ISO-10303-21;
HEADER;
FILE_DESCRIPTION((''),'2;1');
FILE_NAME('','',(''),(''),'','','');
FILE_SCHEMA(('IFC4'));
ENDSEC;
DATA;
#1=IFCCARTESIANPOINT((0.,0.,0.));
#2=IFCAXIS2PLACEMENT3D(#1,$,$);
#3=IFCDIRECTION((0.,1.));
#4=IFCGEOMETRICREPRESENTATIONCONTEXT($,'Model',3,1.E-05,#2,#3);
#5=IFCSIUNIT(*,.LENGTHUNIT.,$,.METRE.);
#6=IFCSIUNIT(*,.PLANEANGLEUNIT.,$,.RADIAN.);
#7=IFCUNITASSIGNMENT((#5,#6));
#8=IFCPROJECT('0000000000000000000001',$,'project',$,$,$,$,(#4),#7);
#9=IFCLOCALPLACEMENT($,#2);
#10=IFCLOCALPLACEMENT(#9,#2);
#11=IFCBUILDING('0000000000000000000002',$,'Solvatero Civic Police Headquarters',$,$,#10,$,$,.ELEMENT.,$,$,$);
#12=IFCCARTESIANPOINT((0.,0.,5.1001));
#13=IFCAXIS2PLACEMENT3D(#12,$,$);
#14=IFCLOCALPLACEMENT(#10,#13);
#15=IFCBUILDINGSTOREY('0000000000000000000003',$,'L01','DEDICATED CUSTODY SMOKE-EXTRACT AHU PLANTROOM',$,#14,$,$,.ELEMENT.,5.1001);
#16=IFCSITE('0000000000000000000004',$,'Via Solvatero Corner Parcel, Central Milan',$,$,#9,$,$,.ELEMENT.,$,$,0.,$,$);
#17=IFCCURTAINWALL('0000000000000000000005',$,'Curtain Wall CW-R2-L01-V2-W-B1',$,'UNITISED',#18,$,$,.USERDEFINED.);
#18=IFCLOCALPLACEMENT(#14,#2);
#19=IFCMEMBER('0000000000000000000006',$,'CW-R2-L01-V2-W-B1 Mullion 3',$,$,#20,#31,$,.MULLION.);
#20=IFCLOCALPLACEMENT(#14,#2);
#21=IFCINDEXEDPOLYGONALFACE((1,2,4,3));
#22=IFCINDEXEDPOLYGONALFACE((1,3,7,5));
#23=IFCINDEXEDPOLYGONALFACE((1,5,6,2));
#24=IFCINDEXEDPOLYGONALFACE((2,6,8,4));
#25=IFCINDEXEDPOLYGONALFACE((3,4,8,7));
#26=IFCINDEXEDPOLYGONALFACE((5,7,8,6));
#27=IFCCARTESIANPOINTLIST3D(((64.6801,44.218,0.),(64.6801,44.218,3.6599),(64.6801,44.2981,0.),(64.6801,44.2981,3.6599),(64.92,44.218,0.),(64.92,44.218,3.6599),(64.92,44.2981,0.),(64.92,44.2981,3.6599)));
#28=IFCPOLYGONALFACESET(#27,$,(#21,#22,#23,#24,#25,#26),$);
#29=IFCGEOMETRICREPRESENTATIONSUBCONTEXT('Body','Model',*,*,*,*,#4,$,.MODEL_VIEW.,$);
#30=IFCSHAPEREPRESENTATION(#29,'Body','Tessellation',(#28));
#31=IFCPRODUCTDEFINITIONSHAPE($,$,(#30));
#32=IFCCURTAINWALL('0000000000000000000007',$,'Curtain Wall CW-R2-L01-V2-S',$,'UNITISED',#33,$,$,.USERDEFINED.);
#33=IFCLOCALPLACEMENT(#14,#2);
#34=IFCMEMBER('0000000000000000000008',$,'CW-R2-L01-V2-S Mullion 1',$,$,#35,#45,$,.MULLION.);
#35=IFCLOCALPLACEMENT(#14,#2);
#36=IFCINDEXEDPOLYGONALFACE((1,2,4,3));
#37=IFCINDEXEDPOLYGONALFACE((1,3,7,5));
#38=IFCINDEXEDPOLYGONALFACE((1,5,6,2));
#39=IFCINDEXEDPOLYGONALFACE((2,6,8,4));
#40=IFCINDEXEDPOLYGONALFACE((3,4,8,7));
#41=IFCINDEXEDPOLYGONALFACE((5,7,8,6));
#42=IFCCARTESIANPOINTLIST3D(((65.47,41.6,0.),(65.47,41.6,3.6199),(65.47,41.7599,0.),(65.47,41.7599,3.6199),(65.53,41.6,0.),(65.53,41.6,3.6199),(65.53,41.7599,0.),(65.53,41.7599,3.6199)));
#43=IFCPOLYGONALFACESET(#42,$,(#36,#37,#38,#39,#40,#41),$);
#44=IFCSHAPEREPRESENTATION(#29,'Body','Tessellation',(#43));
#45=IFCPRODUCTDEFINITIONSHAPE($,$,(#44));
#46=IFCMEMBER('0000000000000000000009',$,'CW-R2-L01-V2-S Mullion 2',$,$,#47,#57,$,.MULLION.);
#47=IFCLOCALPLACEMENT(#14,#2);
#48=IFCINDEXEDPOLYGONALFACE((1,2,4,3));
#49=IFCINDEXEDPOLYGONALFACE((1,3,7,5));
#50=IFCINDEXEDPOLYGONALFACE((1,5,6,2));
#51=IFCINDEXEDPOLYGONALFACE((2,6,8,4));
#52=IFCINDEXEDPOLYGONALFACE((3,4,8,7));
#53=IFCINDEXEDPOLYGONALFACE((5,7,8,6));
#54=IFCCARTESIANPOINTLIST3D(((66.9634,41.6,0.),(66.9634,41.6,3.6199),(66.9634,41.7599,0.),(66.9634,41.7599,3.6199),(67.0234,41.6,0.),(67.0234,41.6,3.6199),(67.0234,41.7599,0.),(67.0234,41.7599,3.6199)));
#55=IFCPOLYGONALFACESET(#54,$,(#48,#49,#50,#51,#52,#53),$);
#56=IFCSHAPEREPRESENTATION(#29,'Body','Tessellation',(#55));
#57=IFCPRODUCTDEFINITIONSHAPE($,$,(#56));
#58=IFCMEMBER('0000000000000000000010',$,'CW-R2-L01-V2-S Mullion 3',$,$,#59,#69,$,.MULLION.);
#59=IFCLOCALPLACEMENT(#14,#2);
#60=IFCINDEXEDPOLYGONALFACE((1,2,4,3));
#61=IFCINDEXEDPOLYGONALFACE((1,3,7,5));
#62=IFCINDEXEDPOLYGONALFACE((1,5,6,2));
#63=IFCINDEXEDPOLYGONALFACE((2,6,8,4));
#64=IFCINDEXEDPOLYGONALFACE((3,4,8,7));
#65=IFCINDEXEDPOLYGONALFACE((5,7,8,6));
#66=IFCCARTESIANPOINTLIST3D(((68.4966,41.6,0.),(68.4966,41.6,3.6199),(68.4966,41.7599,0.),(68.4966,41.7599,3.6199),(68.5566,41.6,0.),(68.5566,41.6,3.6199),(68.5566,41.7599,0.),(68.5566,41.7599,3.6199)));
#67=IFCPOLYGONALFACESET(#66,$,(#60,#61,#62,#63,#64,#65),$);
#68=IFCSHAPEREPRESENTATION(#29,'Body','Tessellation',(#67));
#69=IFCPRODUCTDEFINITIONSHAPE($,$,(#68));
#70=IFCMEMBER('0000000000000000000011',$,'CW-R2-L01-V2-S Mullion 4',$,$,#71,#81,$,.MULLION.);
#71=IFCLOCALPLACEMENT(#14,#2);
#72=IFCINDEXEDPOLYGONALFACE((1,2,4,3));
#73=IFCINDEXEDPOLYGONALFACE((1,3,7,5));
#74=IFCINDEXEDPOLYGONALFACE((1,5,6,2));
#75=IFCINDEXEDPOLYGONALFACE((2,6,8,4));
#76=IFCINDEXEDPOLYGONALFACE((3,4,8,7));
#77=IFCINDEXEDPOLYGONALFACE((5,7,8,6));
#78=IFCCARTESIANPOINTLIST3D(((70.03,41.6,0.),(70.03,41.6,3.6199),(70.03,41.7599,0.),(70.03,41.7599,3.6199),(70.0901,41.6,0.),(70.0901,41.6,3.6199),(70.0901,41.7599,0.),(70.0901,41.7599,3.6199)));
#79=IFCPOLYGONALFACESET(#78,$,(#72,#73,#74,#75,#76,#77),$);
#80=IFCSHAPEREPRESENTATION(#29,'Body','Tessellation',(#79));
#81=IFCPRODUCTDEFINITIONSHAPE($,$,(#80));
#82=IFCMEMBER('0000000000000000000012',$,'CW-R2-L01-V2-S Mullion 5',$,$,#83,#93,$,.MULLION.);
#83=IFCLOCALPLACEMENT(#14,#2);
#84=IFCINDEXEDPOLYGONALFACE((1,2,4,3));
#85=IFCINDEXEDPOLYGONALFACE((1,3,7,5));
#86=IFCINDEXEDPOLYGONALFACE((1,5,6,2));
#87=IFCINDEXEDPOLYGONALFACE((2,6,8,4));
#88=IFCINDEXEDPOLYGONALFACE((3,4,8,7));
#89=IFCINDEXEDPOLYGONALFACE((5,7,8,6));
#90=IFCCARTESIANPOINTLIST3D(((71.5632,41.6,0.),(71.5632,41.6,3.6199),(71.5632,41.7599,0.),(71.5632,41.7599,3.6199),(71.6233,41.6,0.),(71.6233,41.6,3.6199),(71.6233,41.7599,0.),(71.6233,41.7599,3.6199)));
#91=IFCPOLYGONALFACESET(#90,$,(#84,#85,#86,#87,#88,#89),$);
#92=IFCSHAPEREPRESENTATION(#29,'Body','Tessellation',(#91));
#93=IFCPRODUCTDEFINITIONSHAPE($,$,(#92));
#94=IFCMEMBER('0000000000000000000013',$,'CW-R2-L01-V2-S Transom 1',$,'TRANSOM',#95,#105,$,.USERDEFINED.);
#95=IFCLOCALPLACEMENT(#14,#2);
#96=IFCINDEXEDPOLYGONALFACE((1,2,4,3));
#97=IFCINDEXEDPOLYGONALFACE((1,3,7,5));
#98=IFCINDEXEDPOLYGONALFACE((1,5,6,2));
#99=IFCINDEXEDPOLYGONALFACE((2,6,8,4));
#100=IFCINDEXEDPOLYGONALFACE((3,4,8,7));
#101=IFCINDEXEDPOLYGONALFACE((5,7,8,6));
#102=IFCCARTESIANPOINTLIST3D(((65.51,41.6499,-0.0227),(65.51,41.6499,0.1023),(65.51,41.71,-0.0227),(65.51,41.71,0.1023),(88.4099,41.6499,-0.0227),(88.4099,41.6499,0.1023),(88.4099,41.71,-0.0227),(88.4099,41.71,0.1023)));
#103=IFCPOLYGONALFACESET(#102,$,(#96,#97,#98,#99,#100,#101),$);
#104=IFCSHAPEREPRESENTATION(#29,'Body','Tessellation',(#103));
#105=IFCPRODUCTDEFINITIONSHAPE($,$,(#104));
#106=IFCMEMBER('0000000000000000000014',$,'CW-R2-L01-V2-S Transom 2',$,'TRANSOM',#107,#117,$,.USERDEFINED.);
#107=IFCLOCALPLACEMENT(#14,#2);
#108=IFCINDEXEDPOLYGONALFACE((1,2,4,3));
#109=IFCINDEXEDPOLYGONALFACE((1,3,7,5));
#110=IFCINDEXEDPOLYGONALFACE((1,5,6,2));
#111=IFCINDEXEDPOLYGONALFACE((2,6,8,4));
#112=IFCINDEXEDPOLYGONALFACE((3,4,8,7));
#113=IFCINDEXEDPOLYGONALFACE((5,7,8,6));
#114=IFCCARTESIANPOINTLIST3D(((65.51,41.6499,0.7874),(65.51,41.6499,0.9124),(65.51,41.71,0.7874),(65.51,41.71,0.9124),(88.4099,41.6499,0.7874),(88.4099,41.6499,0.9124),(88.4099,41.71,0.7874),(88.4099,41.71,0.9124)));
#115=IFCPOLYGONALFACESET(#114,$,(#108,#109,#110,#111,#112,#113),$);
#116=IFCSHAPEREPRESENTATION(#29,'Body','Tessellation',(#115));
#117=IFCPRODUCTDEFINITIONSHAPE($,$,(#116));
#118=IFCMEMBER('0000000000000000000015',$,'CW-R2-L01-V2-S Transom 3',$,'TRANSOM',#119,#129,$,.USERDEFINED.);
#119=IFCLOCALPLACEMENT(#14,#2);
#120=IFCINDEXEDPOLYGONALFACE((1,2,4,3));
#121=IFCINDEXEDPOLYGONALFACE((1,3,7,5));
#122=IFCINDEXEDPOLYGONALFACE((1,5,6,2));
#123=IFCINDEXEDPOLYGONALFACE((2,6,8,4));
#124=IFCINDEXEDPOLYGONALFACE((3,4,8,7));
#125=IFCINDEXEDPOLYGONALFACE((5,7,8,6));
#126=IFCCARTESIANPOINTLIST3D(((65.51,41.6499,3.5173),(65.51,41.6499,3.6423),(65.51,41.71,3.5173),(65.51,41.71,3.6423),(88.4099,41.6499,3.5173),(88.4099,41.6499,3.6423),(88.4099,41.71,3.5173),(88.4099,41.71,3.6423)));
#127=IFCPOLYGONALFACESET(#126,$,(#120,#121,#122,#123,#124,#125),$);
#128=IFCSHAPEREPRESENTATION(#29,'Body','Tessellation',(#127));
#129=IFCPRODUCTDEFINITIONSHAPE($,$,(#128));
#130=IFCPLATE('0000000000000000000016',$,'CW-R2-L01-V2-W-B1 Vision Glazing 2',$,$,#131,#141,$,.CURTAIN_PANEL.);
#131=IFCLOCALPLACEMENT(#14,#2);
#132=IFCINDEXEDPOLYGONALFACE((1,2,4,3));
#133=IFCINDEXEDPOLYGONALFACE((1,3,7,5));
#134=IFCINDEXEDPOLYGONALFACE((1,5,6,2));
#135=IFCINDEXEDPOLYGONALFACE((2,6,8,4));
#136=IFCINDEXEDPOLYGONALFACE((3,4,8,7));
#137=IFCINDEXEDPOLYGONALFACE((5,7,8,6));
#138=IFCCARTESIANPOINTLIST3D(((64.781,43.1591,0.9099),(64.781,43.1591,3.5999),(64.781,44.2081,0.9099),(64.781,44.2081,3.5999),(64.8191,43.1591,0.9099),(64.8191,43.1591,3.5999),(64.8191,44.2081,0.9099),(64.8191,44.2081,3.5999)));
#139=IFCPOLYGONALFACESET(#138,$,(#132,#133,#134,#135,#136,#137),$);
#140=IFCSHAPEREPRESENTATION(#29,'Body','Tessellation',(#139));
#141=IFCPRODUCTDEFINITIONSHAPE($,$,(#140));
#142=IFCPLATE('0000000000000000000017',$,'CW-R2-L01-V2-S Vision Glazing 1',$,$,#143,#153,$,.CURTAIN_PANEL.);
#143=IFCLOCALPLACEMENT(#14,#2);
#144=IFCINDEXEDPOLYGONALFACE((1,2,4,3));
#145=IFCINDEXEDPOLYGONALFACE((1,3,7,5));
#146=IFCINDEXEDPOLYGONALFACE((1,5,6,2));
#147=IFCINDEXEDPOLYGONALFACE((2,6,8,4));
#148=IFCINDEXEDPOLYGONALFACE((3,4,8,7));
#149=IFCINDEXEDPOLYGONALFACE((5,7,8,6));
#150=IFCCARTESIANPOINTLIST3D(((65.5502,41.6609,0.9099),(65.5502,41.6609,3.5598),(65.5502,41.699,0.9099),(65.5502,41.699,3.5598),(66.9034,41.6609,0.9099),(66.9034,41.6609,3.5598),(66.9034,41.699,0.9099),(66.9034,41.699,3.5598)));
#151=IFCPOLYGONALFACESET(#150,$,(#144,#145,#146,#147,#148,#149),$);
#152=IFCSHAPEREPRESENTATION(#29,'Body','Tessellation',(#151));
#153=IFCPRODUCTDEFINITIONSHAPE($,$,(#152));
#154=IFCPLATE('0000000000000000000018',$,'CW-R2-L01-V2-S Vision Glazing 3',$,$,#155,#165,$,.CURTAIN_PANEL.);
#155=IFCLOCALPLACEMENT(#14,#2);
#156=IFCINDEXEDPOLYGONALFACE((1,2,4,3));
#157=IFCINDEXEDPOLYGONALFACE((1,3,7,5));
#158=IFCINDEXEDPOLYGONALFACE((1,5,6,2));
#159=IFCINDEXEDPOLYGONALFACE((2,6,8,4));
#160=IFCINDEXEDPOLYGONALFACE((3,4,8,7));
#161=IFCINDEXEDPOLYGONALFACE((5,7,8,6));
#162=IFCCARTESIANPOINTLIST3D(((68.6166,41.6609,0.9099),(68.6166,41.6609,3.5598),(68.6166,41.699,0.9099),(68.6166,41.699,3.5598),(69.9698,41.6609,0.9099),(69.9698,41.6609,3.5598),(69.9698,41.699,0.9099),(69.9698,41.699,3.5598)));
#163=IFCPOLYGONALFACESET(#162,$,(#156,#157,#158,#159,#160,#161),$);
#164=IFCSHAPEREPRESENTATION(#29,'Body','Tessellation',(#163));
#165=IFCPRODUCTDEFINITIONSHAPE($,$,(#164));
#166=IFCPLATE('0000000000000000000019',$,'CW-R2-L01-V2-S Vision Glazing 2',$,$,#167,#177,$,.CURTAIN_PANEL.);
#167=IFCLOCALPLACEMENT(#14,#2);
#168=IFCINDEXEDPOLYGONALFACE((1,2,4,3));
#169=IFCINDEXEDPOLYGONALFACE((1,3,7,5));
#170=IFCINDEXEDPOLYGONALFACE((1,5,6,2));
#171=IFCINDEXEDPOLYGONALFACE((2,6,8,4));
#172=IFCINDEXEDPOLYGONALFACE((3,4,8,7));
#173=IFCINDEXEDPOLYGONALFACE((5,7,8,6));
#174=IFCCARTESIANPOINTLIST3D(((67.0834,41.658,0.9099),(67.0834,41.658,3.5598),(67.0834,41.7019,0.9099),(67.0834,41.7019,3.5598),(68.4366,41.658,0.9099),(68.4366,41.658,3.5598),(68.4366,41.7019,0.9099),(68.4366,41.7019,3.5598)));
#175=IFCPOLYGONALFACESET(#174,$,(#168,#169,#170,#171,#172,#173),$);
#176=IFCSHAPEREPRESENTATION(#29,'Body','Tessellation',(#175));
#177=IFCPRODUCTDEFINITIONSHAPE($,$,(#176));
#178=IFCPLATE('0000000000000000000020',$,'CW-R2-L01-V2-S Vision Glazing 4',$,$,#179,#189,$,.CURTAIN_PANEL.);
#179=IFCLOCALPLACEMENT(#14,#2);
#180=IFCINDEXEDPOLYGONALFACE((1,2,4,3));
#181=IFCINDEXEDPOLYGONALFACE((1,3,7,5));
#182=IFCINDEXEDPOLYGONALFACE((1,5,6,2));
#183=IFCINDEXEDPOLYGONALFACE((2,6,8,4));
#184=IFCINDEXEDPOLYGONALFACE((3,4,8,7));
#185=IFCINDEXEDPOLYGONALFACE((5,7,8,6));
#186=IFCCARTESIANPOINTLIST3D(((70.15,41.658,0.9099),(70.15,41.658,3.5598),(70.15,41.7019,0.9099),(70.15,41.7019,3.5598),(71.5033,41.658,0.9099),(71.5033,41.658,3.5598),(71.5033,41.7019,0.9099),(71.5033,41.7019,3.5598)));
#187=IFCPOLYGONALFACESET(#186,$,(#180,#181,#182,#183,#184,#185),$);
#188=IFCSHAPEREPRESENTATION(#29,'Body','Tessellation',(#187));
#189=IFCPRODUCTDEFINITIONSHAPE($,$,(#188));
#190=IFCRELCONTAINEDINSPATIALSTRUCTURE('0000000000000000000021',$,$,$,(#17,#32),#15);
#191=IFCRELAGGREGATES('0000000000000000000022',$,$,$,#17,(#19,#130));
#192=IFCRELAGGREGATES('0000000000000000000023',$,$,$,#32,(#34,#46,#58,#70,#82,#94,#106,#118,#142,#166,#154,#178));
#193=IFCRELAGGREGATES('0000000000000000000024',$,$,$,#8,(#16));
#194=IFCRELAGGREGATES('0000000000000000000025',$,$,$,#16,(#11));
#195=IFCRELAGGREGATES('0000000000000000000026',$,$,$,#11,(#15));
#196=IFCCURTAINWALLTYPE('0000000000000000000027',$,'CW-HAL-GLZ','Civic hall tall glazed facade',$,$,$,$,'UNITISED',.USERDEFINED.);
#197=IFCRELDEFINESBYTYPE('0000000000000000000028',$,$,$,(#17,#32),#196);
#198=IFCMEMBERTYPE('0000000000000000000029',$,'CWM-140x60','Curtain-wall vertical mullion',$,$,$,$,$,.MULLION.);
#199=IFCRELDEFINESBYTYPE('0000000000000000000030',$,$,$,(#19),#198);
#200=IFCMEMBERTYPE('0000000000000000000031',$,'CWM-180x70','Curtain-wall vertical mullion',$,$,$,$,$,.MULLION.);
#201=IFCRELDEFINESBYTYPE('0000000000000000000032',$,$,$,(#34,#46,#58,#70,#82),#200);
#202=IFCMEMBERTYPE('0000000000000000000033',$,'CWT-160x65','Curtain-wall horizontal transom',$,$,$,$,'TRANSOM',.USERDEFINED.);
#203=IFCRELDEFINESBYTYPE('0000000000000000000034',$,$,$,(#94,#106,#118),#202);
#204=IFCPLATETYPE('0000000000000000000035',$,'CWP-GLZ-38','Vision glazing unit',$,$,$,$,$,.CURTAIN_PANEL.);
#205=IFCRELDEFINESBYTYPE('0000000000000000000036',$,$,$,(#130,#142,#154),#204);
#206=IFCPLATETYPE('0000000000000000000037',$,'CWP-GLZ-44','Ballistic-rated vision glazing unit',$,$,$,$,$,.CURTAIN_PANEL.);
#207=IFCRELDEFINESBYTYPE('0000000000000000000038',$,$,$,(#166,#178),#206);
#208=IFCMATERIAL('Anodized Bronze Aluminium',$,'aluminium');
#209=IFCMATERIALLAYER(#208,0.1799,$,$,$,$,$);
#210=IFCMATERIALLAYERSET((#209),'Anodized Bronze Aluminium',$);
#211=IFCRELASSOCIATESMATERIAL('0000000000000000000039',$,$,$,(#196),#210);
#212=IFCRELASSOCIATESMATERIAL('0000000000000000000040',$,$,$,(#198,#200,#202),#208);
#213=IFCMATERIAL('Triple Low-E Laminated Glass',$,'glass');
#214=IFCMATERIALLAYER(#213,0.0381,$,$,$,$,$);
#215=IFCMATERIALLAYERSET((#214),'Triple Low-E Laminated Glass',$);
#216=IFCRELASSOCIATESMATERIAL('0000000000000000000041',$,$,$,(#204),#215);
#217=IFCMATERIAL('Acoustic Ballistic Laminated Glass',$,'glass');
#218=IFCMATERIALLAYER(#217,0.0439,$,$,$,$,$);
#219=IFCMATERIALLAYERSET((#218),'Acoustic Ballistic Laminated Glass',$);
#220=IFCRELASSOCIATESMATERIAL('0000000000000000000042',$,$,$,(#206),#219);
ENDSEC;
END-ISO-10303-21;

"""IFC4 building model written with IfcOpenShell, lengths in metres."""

from ifc_helpers import new_model, si_unit, direction, frame, origin, origin_2d, place, context, subcontext, project, spatial, rectangle, extrude, material, layer, layer_set, material_profile, profile_set, type_object, element, aggregate, save


model = new_model("IFC4")

# Units and contexts
model_context = context("Model", 3, precision=1e-05, world=origin(), true_north=direction((0.0, 1.0)))
body_context = subcontext(model_context, "Body", "Model", "MODEL_VIEW")
ifc_project = project(units=[si_unit("LENGTHUNIT", "METRE"), si_unit("PLANEANGLEUNIT", "RADIAN")], contexts=[model_context])

# Site, building, storey
site_placement = place(None, origin())
site = spatial("IfcSite", under=ifc_project, at=site_placement, Name="Via Solvatero Corner Parcel, Central Milan", CompositionType="ELEMENT", RefElevation=0.0)
building_placement = place(site_placement, origin())
building = spatial("IfcBuilding", under=site, at=building_placement, Name="Solvatero Civic Police Headquarters", CompositionType="ELEMENT")
storey_placement = place(building_placement, frame((0.0, 0.0, 5.1001)))
storey = spatial("IfcBuildingStorey", under=building, at=storey_placement, Name="L01", Description="DEDICATED CUSTODY SMOKE-EXTRACT AHU PLANTROOM", CompositionType="ELEMENT", Elevation=5.1001)

# Curtain wall, member
ifc_material_1 = material(Name="Anodized Bronze Aluminium", Category="aluminium")
ifc_layer_1 = layer(ifc_material_1, 0.1799)
ifc_layer_set_1 = layer_set([ifc_layer_1], Name="Anodized Bronze Aluminium")
curtain_wall_type = type_object("IfcCurtainWallType", Name="CW-HAL-GLZ", Description="Civic hall tall glazed facade", ElementType="UNITISED", PredefinedType="USERDEFINED", material=ifc_layer_set_1)
curtain_wall_1_placement = place(storey_placement, origin())
curtain_wall_1 = element("IfcCurtainWall", 1, at=curtain_wall_1_placement, inside=storey, type_object=curtain_wall_type, Name="Curtain Wall CW-R2-L01-V2-W-B1", ObjectType="UNITISED", PredefinedType="USERDEFINED")
ifc_material_profile_1 = material_profile(ifc_material_1, rectangle(XDim=0.0801, YDim=0.24, at=origin_2d()), Name="ALU MULLION 80x240")
ifc_profile_set_1 = profile_set([ifc_material_profile_1], Name="Anodized Bronze Aluminium")
member_type_1 = type_object("IfcMemberType", Name="CWM-140x60", Description="Curtain-wall vertical mullion", PredefinedType="MULLION", material=ifc_profile_set_1)
member_1_placement = place(storey_placement, frame((64.8, 44.2581, 0.0), z_axis=(0.0, 0.0, 1.0), x_axis=(0.0, 1.0, 0.0)))
member_1 = element("IfcMember", 2, at=member_1_placement, type_object=member_type_1, Name="CW-R2-L01-V2-W-B1 Mullion 3", PredefinedType="MULLION", context=body_context, shape_type="SweptSolid", body=[
    extrude(rectangle(XDim=0.0801, YDim=0.24, at=origin_2d()), origin(), (0.0, 0.0, 1.0), 3.6599),
])

# Curtain wall, members
curtain_wall_2_placement = place(storey_placement, origin())
curtain_wall_2 = element("IfcCurtainWall", 3, at=curtain_wall_2_placement, inside=storey, type_object=curtain_wall_type, Name="Curtain Wall CW-R2-L01-V2-S", ObjectType="UNITISED", PredefinedType="USERDEFINED")
ifc_material_profile_2 = material_profile(ifc_material_1, rectangle(XDim=0.0601, YDim=0.1599, at=origin_2d()), Name="ALU MULLION 60x160")
ifc_profile_set_2 = profile_set([ifc_material_profile_2], Name="Anodized Bronze Aluminium")
member_type_2 = type_object("IfcMemberType", Name="CWM-180x70", Description="Curtain-wall vertical mullion", PredefinedType="MULLION", material=ifc_profile_set_2)
member_2_placement = place(storey_placement, frame((65.5, 41.6799, 0.0), z_axis=(0.0, 0.0, 1.0), x_axis=(1.0, 0.0, 0.0)))
member_2 = element("IfcMember", 4, at=member_2_placement, type_object=member_type_2, Name="CW-R2-L01-V2-S Mullion 1", PredefinedType="MULLION", context=body_context, shape_type="SweptSolid", body=[
    extrude(rectangle(XDim=0.0601, YDim=0.1599, at=origin_2d()), origin(), (0.0, 0.0, 1.0), 3.6199),
])
member_3_placement = place(storey_placement, frame((66.9934, 41.6799, 0.0), z_axis=(0.0, 0.0, 1.0), x_axis=(1.0, 0.0, 0.0)))
member_3 = element("IfcMember", 5, at=member_3_placement, type_object=member_type_2, Name="CW-R2-L01-V2-S Mullion 2", PredefinedType="MULLION", context=body_context, shape_type="SweptSolid", body=[
    extrude(rectangle(XDim=0.0601, YDim=0.1599, at=origin_2d()), origin(), (0.0, 0.0, 1.0), 3.6199),
])
member_4_placement = place(storey_placement, frame((68.5266, 41.6799, 0.0), z_axis=(0.0, 0.0, 1.0), x_axis=(1.0, 0.0, 0.0)))
member_4 = element("IfcMember", 6, at=member_4_placement, type_object=member_type_2, Name="CW-R2-L01-V2-S Mullion 3", PredefinedType="MULLION", context=body_context, shape_type="SweptSolid", body=[
    extrude(rectangle(XDim=0.0601, YDim=0.1599, at=origin_2d()), origin(), (0.0, 0.0, 1.0), 3.6199),
])
member_5_placement = place(storey_placement, frame((70.0601, 41.6799, 0.0), z_axis=(0.0, 0.0, 1.0), x_axis=(1.0, 0.0, 0.0)))
member_5 = element("IfcMember", 7, at=member_5_placement, type_object=member_type_2, Name="CW-R2-L01-V2-S Mullion 4", PredefinedType="MULLION", context=body_context, shape_type="SweptSolid", body=[
    extrude(rectangle(XDim=0.0601, YDim=0.1599, at=origin_2d()), origin(), (0.0, 0.0, 1.0), 3.6199),
])
member_6_placement = place(storey_placement, frame((71.5933, 41.6799, 0.0), z_axis=(0.0, 0.0, 1.0), x_axis=(1.0, 0.0, 0.0)))
member_6 = element("IfcMember", 8, at=member_6_placement, type_object=member_type_2, Name="CW-R2-L01-V2-S Mullion 5", PredefinedType="MULLION", context=body_context, shape_type="SweptSolid", body=[
    extrude(rectangle(XDim=0.0601, YDim=0.1599, at=origin_2d()), origin(), (0.0, 0.0, 1.0), 3.6199),
])
ifc_material_profile_3 = material_profile(ifc_material_1, rectangle(XDim=0.0601, YDim=0.125, at=origin_2d()), Name="ALU TRANSOM 60x125")
ifc_profile_set_3 = profile_set([ifc_material_profile_3], Name="Anodized Bronze Aluminium")
member_type_3 = type_object("IfcMemberType", Name="CWT-160x65", Description="Curtain-wall horizontal transom", ElementType="TRANSOM", PredefinedType="USERDEFINED", material=ifc_profile_set_3)
member_7_placement = place(storey_placement, frame((65.51, 41.6799, 0.0398), z_axis=(1.0, 0.0, 0.0), x_axis=(0.0, 1.0, 0.0)))
member_7 = element("IfcMember", 9, at=member_7_placement, type_object=member_type_3, Name="CW-R2-L01-V2-S Transom 1", ObjectType="TRANSOM", PredefinedType="USERDEFINED", context=body_context, shape_type="SweptSolid", body=[
    extrude(rectangle(XDim=0.0601, YDim=0.125, at=origin_2d()), origin(), (0.0, 0.0, 1.0), 22.8999),
])
member_8_placement = place(storey_placement, frame((65.51, 41.6799, 0.8499), z_axis=(1.0, 0.0, 0.0), x_axis=(0.0, 1.0, 0.0)))
member_8 = element("IfcMember", 10, at=member_8_placement, type_object=member_type_3, Name="CW-R2-L01-V2-S Transom 2", ObjectType="TRANSOM", PredefinedType="USERDEFINED", context=body_context, shape_type="SweptSolid", body=[
    extrude(rectangle(XDim=0.0601, YDim=0.125, at=origin_2d()), origin(), (0.0, 0.0, 1.0), 22.8999),
])
member_9_placement = place(storey_placement, frame((65.51, 41.6799, 3.5798), z_axis=(1.0, 0.0, 0.0), x_axis=(0.0, 1.0, 0.0)))
member_9 = element("IfcMember", 11, at=member_9_placement, type_object=member_type_3, Name="CW-R2-L01-V2-S Transom 3", ObjectType="TRANSOM", PredefinedType="USERDEFINED", context=body_context, shape_type="SweptSolid", body=[
    extrude(rectangle(XDim=0.0601, YDim=0.125, at=origin_2d()), origin(), (0.0, 0.0, 1.0), 22.8999),
])

# Plates
ifc_material_2 = material(Name="Triple Low-E Laminated Glass", Category="glass")
ifc_layer_2 = layer(ifc_material_2, 0.0381)
ifc_layer_set_2 = layer_set([ifc_layer_2], Name="Triple Low-E Laminated Glass")
plate_type_1 = type_object("IfcPlateType", Name="CWP-GLZ-38", Description="Vision glazing unit", PredefinedType="CURTAIN_PANEL", material=ifc_layer_set_2)
plate_1_placement = place(storey_placement, frame((64.8, 43.6836, 0.9099), z_axis=(0.0, 0.0, 1.0), x_axis=(0.0, 1.0, 0.0)))
plate_1 = element("IfcPlate", 12, at=plate_1_placement, type_object=plate_type_1, Name="CW-R2-L01-V2-W-B1 Vision Glazing 2", PredefinedType="CURTAIN_PANEL", context=body_context, shape_type="SweptSolid", body=[
    extrude(rectangle(XDim=1.0491, YDim=0.0381, at=origin_2d()), origin(), (0.0, 0.0, 1.0), 2.6899),
])
plate_2_placement = place(storey_placement, frame((66.2268, 41.6799, 0.9099), z_axis=(0.0, 0.0, 1.0), x_axis=(1.0, 0.0, 0.0)))
plate_2 = element("IfcPlate", 13, at=plate_2_placement, type_object=plate_type_1, Name="CW-R2-L01-V2-S Vision Glazing 1", PredefinedType="CURTAIN_PANEL", context=body_context, shape_type="SweptSolid", body=[
    extrude(rectangle(XDim=1.3533, YDim=0.0381, at=origin_2d()), origin(), (0.0, 0.0, 1.0), 2.6499),
])
plate_3_placement = place(storey_placement, frame((69.2932, 41.6799, 0.9099), z_axis=(0.0, 0.0, 1.0), x_axis=(1.0, 0.0, 0.0)))
plate_3 = element("IfcPlate", 14, at=plate_3_placement, type_object=plate_type_1, Name="CW-R2-L01-V2-S Vision Glazing 3", PredefinedType="CURTAIN_PANEL", context=body_context, shape_type="SweptSolid", body=[
    extrude(rectangle(XDim=1.3533, YDim=0.0381, at=origin_2d()), origin(), (0.0, 0.0, 1.0), 2.6499),
])
ifc_material_3 = material(Name="Acoustic Ballistic Laminated Glass", Category="glass")
ifc_layer_3 = layer(ifc_material_3, 0.0439)
ifc_layer_set_3 = layer_set([ifc_layer_3], Name="Acoustic Ballistic Laminated Glass")
plate_type_2 = type_object("IfcPlateType", Name="CWP-GLZ-44", Description="Ballistic-rated vision glazing unit", PredefinedType="CURTAIN_PANEL", material=ifc_layer_set_3)
plate_4_placement = place(storey_placement, frame((67.76, 41.6799, 0.9099), z_axis=(0.0, 0.0, 1.0), x_axis=(1.0, 0.0, 0.0)))
plate_4 = element("IfcPlate", 15, at=plate_4_placement, type_object=plate_type_2, Name="CW-R2-L01-V2-S Vision Glazing 2", PredefinedType="CURTAIN_PANEL", context=body_context, shape_type="SweptSolid", body=[
    extrude(rectangle(XDim=1.3533, YDim=0.0439, at=origin_2d()), origin(), (0.0, 0.0, 1.0), 2.6499),
])
plate_5_placement = place(storey_placement, frame((70.8267, 41.6799, 0.9099), z_axis=(0.0, 0.0, 1.0), x_axis=(1.0, 0.0, 0.0)))
plate_5 = element("IfcPlate", 16, at=plate_5_placement, type_object=plate_type_2, Name="CW-R2-L01-V2-S Vision Glazing 4", PredefinedType="CURTAIN_PANEL", context=body_context, shape_type="SweptSolid", body=[
    extrude(rectangle(XDim=1.3533, YDim=0.0439, at=origin_2d()), origin(), (0.0, 0.0, 1.0), 2.6499),
])
aggregate(curtain_wall_1, [member_1, plate_1])
aggregate(curtain_wall_2, [member_2, member_3, member_4, member_5, member_6, member_7, member_8, member_9, plate_2, plate_4, plate_3, plate_5])

save(model, "model.ifc")
